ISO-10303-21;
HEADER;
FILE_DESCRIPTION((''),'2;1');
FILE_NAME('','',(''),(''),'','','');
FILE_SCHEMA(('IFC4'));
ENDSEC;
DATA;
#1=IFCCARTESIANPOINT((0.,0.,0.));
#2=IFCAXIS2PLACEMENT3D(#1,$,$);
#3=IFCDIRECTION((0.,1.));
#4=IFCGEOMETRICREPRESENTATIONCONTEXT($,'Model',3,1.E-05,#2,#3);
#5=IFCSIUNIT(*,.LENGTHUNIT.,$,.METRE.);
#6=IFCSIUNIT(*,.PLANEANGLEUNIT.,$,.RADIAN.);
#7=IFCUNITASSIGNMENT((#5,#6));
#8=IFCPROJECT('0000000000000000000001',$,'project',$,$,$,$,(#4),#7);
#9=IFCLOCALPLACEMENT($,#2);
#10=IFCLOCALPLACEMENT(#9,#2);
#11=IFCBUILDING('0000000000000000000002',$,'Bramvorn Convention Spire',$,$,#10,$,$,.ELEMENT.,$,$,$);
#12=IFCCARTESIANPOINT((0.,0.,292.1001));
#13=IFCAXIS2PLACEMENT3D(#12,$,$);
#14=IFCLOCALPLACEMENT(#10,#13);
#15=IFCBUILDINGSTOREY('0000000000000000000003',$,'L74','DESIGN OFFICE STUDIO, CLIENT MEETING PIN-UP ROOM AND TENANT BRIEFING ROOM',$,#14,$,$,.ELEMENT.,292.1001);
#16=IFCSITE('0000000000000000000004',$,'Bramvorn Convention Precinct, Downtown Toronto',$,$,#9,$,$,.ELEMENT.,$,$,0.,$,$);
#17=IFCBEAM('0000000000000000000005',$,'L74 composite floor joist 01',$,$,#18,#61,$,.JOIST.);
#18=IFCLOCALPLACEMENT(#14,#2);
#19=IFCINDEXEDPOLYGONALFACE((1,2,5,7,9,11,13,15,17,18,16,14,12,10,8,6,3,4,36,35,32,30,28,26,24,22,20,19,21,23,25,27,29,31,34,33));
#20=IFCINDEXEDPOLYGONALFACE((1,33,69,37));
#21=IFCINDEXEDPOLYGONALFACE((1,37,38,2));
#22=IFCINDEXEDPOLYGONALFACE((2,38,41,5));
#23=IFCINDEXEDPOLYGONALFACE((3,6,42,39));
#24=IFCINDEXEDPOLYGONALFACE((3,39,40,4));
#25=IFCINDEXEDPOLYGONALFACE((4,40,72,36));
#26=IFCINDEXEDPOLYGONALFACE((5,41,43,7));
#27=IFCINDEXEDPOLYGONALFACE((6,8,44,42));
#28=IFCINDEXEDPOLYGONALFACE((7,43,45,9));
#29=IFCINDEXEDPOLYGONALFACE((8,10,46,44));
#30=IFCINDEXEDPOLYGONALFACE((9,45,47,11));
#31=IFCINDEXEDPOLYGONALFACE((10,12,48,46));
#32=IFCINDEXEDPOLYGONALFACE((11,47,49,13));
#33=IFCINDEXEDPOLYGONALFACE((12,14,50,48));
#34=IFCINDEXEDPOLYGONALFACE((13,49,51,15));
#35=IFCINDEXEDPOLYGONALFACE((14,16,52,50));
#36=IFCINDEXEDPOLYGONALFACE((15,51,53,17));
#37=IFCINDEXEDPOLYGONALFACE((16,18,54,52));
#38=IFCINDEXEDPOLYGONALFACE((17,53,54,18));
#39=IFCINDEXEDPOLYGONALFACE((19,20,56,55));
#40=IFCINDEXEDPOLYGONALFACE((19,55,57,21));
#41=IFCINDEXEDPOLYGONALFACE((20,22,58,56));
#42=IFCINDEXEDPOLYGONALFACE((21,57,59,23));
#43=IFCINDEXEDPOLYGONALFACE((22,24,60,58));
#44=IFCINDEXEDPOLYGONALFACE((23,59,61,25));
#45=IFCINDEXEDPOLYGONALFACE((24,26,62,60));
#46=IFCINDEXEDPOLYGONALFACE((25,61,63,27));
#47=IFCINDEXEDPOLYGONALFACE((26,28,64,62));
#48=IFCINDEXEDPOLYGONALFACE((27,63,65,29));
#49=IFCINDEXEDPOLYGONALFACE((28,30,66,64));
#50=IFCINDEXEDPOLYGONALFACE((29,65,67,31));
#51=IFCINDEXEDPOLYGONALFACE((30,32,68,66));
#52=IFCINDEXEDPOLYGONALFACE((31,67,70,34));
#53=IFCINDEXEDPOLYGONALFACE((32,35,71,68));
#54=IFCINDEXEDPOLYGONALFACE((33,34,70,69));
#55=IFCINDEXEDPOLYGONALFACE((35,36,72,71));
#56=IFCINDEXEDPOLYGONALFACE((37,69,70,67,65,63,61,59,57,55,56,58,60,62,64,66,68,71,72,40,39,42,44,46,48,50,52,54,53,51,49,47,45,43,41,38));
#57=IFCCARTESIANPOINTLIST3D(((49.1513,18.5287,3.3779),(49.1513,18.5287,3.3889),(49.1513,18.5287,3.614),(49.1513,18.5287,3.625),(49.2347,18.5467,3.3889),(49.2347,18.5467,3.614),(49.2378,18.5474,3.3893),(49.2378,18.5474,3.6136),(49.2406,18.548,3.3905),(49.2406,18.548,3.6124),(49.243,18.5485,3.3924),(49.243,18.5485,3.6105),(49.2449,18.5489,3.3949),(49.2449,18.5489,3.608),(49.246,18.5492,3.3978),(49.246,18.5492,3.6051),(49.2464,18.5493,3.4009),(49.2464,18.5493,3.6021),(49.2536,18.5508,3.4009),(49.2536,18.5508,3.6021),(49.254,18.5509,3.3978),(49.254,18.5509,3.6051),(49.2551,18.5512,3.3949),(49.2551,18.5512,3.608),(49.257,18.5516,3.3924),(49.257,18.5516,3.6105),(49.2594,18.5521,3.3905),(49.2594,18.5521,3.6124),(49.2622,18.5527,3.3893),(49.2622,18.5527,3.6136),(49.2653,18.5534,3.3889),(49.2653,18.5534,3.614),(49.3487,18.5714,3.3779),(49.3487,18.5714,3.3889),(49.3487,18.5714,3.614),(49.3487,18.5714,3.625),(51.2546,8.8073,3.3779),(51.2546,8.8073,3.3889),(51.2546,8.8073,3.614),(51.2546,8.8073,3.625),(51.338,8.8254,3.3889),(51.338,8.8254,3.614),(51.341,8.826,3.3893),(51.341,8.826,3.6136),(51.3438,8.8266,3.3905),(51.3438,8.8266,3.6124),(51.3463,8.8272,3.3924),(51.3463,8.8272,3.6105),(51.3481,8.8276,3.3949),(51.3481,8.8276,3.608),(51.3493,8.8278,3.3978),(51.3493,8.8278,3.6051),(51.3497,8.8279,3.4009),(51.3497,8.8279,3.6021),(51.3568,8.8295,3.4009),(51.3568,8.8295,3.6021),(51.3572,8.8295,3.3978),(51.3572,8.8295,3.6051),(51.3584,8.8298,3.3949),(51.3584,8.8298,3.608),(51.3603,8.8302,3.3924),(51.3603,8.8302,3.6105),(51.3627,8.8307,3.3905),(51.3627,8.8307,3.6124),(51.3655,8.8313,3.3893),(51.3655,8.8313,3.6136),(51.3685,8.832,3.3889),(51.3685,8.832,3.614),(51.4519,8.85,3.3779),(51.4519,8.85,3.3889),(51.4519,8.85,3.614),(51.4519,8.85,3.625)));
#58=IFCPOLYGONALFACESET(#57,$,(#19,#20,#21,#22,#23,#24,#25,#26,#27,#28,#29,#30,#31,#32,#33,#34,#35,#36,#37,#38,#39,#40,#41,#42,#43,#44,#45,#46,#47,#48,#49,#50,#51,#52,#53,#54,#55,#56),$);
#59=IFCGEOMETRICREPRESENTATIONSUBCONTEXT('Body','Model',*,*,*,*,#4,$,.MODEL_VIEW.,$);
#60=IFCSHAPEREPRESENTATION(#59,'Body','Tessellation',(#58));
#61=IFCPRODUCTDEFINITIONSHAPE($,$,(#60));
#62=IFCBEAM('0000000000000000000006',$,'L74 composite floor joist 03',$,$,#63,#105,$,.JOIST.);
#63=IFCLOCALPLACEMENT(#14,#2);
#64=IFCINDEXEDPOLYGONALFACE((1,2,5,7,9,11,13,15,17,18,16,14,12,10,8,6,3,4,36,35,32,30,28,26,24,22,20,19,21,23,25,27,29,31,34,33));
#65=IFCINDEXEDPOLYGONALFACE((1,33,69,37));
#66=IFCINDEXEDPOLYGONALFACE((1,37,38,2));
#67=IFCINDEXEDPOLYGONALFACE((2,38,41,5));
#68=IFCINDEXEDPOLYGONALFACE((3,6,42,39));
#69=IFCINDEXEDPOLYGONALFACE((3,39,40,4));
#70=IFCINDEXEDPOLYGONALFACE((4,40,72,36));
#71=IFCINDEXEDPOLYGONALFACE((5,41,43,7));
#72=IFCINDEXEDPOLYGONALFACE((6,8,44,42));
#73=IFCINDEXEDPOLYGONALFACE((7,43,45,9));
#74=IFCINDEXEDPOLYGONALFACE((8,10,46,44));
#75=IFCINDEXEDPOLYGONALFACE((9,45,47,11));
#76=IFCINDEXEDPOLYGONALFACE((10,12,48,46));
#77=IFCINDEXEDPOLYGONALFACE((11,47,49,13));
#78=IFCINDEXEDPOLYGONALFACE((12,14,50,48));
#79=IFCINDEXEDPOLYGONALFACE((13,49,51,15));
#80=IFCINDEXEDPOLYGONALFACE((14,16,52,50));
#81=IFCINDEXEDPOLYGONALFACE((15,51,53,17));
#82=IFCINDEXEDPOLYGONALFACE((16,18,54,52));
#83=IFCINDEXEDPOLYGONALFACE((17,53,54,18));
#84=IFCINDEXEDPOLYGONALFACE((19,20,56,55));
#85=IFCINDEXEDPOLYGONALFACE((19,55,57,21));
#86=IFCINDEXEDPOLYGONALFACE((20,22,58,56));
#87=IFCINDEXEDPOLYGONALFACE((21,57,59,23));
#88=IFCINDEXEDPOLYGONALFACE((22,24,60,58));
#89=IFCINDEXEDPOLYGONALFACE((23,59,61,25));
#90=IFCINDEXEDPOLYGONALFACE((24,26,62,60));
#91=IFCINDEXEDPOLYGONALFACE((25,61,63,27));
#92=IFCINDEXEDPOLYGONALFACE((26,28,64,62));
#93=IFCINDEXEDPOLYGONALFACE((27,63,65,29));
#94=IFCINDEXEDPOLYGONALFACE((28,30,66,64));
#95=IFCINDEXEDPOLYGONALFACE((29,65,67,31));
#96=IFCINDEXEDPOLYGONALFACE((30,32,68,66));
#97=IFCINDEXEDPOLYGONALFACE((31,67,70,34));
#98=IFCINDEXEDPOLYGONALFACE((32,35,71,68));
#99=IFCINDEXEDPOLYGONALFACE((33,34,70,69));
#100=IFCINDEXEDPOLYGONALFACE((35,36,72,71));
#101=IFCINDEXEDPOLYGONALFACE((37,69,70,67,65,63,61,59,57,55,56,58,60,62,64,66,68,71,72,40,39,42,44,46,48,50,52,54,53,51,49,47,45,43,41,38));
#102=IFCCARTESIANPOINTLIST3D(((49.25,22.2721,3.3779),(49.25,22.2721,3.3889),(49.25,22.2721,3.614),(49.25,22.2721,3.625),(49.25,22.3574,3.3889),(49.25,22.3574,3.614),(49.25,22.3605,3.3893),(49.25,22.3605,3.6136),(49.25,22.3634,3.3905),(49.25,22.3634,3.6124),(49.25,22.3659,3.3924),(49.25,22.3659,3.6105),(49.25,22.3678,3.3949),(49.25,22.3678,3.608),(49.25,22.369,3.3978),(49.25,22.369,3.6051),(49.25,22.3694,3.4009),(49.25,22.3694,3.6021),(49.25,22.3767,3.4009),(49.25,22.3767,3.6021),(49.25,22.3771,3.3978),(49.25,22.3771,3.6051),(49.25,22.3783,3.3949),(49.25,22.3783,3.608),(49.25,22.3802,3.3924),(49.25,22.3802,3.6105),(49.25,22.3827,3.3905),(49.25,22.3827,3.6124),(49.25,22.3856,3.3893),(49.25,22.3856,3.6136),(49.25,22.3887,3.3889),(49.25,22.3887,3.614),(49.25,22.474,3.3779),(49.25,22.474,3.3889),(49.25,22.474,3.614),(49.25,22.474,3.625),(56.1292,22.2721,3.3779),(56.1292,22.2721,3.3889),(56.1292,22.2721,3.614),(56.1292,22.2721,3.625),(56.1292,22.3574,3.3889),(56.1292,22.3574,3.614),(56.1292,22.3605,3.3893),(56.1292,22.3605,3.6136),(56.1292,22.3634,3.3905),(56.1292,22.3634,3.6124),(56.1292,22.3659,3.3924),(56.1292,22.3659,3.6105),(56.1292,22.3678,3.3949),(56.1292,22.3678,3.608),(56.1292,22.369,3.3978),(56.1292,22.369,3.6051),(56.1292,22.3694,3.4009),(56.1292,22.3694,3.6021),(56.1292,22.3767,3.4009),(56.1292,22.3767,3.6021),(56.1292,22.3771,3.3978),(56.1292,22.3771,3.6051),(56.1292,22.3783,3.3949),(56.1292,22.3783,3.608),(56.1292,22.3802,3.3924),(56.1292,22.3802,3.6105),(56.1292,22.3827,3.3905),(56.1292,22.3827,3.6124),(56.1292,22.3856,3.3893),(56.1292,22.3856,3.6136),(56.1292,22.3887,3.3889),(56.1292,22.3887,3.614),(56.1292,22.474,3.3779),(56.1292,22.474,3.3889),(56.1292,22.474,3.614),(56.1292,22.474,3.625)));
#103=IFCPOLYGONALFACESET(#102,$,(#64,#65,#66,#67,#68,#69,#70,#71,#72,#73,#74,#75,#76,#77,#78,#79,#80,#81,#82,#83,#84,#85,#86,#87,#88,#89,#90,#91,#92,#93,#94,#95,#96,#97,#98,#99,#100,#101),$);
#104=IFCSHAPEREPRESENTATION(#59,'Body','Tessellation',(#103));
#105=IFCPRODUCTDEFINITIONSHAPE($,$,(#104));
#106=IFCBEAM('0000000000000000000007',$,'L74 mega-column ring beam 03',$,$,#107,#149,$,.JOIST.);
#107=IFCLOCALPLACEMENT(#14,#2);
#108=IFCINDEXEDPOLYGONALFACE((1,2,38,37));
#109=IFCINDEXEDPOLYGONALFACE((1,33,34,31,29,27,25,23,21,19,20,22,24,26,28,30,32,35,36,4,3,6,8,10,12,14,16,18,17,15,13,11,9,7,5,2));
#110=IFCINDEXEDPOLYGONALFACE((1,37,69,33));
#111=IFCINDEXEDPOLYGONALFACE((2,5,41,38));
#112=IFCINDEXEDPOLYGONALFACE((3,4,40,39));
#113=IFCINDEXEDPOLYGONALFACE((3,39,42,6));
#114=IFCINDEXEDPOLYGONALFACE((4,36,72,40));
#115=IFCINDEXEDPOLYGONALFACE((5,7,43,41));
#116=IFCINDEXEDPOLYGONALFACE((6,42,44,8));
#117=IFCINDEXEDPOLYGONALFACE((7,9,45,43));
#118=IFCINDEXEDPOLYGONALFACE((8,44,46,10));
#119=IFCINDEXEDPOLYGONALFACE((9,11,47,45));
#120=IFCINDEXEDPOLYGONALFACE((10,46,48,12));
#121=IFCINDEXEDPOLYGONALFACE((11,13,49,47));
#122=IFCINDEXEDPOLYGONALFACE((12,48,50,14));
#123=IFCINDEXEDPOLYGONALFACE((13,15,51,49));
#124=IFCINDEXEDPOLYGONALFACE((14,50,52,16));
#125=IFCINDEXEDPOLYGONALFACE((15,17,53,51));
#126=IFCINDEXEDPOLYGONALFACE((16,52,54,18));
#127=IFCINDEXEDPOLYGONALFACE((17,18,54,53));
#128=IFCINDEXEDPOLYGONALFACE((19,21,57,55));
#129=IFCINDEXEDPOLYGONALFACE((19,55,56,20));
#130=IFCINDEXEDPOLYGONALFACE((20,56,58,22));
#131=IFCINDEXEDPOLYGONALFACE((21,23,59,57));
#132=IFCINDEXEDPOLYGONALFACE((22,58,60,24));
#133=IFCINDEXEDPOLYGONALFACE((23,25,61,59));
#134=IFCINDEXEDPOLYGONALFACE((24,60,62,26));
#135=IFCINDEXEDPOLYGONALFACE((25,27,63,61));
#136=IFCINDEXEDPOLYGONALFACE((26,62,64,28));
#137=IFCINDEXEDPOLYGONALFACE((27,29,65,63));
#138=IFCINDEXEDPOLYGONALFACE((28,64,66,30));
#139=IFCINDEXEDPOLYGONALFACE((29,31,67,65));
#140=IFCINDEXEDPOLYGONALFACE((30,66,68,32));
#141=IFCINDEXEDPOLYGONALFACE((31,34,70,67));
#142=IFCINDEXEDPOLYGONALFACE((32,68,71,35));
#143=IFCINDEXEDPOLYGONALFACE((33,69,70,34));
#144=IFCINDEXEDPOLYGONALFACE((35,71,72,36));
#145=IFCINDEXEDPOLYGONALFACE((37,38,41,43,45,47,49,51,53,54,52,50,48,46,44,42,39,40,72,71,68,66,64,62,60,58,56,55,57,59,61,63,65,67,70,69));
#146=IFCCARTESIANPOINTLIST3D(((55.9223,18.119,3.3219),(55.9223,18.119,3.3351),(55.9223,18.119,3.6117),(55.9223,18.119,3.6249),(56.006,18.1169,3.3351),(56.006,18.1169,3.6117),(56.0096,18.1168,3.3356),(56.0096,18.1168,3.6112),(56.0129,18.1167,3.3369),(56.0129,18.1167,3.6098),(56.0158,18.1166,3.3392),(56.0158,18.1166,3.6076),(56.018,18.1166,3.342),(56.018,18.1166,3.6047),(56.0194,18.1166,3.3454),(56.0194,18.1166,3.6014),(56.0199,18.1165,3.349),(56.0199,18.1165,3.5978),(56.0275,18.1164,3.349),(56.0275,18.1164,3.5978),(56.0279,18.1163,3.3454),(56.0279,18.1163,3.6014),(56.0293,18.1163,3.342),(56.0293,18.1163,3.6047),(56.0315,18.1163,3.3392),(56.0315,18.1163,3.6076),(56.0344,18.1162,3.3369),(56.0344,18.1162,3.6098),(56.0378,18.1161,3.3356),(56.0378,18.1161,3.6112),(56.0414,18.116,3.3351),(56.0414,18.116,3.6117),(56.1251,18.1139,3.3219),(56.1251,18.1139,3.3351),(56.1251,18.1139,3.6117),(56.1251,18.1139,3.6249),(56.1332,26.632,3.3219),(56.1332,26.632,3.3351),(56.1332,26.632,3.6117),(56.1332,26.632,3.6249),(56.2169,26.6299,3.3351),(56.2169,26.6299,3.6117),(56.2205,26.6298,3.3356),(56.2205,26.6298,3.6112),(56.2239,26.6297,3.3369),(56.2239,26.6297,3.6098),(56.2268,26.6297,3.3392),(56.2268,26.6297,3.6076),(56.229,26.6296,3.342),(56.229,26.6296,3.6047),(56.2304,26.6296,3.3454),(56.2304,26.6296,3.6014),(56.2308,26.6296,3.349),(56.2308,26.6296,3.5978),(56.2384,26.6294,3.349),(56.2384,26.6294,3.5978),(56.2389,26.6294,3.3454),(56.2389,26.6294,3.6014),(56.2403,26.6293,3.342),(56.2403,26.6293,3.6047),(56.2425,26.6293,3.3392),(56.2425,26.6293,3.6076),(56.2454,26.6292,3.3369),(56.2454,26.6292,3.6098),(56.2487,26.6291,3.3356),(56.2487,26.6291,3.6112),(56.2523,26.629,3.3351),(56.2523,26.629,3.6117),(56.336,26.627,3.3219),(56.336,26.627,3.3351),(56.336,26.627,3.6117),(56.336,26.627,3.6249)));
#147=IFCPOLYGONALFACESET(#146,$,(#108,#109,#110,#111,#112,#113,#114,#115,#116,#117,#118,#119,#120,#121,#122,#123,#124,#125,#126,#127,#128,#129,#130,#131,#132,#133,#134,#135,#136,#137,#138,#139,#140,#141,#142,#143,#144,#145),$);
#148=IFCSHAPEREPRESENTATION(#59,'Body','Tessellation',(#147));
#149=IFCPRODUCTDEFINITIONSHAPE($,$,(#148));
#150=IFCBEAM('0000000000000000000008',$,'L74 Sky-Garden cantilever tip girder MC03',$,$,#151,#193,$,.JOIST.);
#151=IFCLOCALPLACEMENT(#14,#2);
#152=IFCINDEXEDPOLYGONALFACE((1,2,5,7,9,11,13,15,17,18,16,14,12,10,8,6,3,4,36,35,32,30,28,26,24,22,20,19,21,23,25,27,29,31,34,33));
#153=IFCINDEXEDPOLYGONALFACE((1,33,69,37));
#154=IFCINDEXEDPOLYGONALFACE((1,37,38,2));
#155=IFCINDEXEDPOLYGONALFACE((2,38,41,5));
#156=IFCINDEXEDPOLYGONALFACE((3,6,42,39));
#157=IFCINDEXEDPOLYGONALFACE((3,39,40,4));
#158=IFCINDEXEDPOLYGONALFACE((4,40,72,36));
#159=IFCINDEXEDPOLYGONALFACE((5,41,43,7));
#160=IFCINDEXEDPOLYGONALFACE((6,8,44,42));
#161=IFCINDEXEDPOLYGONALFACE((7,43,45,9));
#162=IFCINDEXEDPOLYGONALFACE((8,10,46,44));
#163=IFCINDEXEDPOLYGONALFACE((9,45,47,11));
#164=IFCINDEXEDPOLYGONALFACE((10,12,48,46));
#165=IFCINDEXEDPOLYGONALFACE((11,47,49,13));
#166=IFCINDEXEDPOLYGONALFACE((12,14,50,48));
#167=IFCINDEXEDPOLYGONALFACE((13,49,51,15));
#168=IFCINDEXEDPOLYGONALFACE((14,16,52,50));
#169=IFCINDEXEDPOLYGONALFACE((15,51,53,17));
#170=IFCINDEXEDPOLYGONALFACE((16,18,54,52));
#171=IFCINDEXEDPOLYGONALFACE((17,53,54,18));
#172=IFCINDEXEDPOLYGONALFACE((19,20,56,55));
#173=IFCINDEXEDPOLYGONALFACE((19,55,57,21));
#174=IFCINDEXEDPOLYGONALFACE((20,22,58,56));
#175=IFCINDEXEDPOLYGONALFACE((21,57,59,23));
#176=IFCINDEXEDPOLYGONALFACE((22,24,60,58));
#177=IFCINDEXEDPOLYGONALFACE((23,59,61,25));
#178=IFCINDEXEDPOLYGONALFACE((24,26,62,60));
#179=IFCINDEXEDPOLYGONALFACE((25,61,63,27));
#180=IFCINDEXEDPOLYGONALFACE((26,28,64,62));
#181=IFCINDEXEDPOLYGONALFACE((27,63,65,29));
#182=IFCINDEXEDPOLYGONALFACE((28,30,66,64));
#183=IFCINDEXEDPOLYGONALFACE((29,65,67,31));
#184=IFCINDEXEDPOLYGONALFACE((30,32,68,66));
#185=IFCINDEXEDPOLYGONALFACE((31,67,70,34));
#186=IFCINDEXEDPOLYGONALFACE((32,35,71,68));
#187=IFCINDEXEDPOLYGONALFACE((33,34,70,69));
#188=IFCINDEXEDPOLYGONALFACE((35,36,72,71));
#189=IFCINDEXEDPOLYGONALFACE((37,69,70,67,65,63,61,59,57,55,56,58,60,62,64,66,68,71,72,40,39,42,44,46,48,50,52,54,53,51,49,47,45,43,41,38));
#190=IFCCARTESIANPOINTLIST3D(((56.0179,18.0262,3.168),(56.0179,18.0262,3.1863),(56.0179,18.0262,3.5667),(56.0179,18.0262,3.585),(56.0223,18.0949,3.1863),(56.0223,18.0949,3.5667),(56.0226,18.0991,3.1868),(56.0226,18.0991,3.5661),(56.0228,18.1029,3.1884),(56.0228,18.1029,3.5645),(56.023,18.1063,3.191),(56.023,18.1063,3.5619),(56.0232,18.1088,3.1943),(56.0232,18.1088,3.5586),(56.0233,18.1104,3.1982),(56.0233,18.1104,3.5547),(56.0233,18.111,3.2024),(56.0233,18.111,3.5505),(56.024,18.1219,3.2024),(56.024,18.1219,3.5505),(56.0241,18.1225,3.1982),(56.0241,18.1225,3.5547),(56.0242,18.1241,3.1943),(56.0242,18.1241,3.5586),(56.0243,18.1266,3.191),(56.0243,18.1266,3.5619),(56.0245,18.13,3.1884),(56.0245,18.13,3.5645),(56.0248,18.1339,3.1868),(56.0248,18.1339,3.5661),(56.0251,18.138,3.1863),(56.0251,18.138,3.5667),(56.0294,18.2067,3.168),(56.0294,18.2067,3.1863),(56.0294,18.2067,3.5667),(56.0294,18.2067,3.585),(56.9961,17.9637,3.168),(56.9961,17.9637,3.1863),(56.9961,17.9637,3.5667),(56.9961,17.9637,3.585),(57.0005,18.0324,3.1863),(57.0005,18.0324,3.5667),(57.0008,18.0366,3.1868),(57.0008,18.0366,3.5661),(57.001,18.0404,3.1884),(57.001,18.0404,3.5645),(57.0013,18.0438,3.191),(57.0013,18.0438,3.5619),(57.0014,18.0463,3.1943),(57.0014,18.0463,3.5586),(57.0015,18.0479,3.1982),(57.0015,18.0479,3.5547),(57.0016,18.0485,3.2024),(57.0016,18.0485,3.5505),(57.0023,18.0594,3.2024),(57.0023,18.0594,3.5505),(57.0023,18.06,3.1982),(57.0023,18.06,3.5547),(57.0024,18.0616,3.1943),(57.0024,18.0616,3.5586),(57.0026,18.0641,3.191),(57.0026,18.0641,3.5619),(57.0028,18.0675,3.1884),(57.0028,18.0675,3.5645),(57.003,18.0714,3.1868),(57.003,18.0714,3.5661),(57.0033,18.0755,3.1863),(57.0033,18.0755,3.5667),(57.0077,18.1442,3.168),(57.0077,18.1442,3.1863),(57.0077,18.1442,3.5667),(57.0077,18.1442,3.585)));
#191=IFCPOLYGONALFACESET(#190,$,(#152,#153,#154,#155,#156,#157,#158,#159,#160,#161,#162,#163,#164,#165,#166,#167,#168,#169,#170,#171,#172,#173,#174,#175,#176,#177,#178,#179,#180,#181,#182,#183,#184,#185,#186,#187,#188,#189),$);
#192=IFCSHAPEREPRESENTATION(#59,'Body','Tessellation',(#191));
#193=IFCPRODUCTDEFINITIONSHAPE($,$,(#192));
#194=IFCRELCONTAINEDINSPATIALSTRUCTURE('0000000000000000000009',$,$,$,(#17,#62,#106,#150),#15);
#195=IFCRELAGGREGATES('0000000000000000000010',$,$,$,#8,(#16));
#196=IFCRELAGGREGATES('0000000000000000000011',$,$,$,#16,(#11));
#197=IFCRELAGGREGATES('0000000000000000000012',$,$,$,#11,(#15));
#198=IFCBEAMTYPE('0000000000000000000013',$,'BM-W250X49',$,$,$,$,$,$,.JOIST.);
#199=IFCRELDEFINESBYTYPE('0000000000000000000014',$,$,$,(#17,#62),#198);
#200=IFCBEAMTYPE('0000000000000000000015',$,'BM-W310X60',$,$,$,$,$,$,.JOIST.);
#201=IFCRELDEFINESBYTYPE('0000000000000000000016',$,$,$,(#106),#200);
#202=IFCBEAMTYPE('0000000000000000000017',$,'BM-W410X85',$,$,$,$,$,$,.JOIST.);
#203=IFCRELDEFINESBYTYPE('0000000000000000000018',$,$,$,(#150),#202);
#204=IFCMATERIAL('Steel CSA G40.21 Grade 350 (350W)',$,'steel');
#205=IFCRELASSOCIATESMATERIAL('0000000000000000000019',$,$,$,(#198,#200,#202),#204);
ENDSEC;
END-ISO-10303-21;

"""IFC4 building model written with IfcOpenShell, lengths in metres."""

from ifc_helpers import new_model, si_unit, direction, frame, origin, origin_2d, place, context, subcontext, project, spatial, i_section, extrude, material, material_profile, profile_set, type_object, element, save


model = new_model("IFC4")

# Units and contexts
model_context = context("Model", 3, precision=1e-05, world=origin(), true_north=direction((0.0, 1.0)))
body_context = subcontext(model_context, "Body", "Model", "MODEL_VIEW")
ifc_project = project(units=[si_unit("LENGTHUNIT", "METRE"), si_unit("PLANEANGLEUNIT", "RADIAN")], contexts=[model_context])

# Site, building, storey
site_placement = place(None, origin())
site = spatial("IfcSite", under=ifc_project, at=site_placement, Name="Bramvorn Convention Precinct, Downtown Toronto", CompositionType="ELEMENT", RefElevation=0.0)
building_placement = place(site_placement, origin())
building = spatial("IfcBuilding", under=site, at=building_placement, Name="Bramvorn Convention Spire", CompositionType="ELEMENT")
storey_placement = place(building_placement, frame((0.0, 0.0, 292.1001)))
storey = spatial("IfcBuildingStorey", under=building, at=storey_placement, Name="L74", Description="DESIGN OFFICE STUDIO, CLIENT MEETING PIN-UP ROOM AND TENANT BRIEFING ROOM", CompositionType="ELEMENT", Elevation=292.1001)

# Beams
ifc_material_1 = material(Name="Steel CSA G40.21 Grade 350 (350W)", Category="steel")
ifc_material_profile_1 = material_profile(ifc_material_1, i_section(OverallWidth=0.2019, OverallDepth=0.2471, WebThickness=0.0073, FlangeThickness=0.011, FilletRadius=0.012, at=origin_2d()))
ifc_profile_set_1 = profile_set([ifc_material_profile_1], Name="Steel CSA G40.21 Grade 350 (350W) - W250X49")
beam_type_1 = type_object("IfcBeamType", Name="BM-W250X49", PredefinedType="JOIST", material=ifc_profile_set_1)
beam_1_placement = place(storey_placement, frame((49.25, 18.55, 3.5015), z_axis=(0.211461, -0.977386, 0.0), x_axis=(0.977386, 0.211461, 0.0)))
element("IfcBeam", 1, at=beam_1_placement, inside=storey, type_object=beam_type_1, Name="L74 composite floor joist 01", PredefinedType="JOIST", context=body_context, shape_type="SweptSolid", body=[
    extrude(i_section(OverallWidth=0.2019, OverallDepth=0.2471, WebThickness=0.0073, FlangeThickness=0.011, FilletRadius=0.012, at=origin_2d()), origin(), (0.0, 0.0, 1.0), 9.9463),
])
beam_2_placement = place(storey_placement, frame((49.25, 22.373, 3.5015), z_axis=(1.0, 0.0, 0.0), x_axis=(0.0, 1.0, 0.0)))
element("IfcBeam", 2, at=beam_2_placement, inside=storey, type_object=beam_type_1, Name="L74 composite floor joist 03", PredefinedType="JOIST", context=body_context, shape_type="SweptSolid", body=[
    extrude(i_section(OverallWidth=0.2019, OverallDepth=0.2471, WebThickness=0.0073, FlangeThickness=0.011, FilletRadius=0.012, at=origin_2d()), origin(), (0.0, 0.0, 1.0), 6.8792),
])
ifc_material_profile_2 = material_profile(ifc_material_1, i_section(OverallWidth=0.2029, OverallDepth=0.303, WebThickness=0.0076, FlangeThickness=0.0132, FilletRadius=0.0139, at=origin_2d()))
ifc_profile_set_2 = profile_set([ifc_material_profile_2], Name="Steel CSA G40.21 Grade 350 (350W) - W310X60")
beam_type_2 = type_object("IfcBeamType", Name="BM-W310X60", PredefinedType="JOIST", material=ifc_profile_set_2)
beam_3_placement = place(storey_placement, frame((56.0237, 18.1165, 3.4734), z_axis=(0.024771, 0.999693, 0.0), x_axis=(-0.999693, 0.024771, 0.0)))
element("IfcBeam", 3, at=beam_3_placement, inside=storey, type_object=beam_type_2, Name="L74 mega-column ring beam 03", PredefinedType="JOIST", context=body_context, shape_type="SweptSolid", body=[
    extrude(i_section(OverallWidth=0.2029, OverallDepth=0.303, WebThickness=0.0076, FlangeThickness=0.0132, FilletRadius=0.0139, at=origin_2d()), origin(), (0.0, 0.0, 1.0), 8.5156),
])
ifc_material_profile_3 = material_profile(ifc_material_1, i_section(OverallWidth=0.1809, OverallDepth=0.417, WebThickness=0.011, FlangeThickness=0.0183, FilletRadius=0.0161, at=origin_2d()))
ifc_profile_set_3 = profile_set([ifc_material_profile_3], Name="Steel CSA G40.21 Grade 350 (350W) - W410X85")
beam_type_3 = type_object("IfcBeamType", Name="BM-W410X85", PredefinedType="JOIST", material=ifc_profile_set_3)
beam_4_placement = place(storey_placement, frame((56.0237, 18.1165, 3.3765), z_axis=(0.997965, -0.063758, 0.0), x_axis=(0.063758, 0.997965, 0.0)))
element("IfcBeam", 4, at=beam_4_placement, inside=storey, type_object=beam_type_3, Name="L74 Sky-Garden cantilever tip girder MC03", PredefinedType="JOIST", context=body_context, shape_type="SweptSolid", body=[
    extrude(i_section(OverallWidth=0.1809, OverallDepth=0.417, WebThickness=0.011, FlangeThickness=0.0183, FilletRadius=0.0161, at=origin_2d()), origin(), (0.0, 0.0, 1.0), 0.9802),
])

save(model, "model.ifc")
